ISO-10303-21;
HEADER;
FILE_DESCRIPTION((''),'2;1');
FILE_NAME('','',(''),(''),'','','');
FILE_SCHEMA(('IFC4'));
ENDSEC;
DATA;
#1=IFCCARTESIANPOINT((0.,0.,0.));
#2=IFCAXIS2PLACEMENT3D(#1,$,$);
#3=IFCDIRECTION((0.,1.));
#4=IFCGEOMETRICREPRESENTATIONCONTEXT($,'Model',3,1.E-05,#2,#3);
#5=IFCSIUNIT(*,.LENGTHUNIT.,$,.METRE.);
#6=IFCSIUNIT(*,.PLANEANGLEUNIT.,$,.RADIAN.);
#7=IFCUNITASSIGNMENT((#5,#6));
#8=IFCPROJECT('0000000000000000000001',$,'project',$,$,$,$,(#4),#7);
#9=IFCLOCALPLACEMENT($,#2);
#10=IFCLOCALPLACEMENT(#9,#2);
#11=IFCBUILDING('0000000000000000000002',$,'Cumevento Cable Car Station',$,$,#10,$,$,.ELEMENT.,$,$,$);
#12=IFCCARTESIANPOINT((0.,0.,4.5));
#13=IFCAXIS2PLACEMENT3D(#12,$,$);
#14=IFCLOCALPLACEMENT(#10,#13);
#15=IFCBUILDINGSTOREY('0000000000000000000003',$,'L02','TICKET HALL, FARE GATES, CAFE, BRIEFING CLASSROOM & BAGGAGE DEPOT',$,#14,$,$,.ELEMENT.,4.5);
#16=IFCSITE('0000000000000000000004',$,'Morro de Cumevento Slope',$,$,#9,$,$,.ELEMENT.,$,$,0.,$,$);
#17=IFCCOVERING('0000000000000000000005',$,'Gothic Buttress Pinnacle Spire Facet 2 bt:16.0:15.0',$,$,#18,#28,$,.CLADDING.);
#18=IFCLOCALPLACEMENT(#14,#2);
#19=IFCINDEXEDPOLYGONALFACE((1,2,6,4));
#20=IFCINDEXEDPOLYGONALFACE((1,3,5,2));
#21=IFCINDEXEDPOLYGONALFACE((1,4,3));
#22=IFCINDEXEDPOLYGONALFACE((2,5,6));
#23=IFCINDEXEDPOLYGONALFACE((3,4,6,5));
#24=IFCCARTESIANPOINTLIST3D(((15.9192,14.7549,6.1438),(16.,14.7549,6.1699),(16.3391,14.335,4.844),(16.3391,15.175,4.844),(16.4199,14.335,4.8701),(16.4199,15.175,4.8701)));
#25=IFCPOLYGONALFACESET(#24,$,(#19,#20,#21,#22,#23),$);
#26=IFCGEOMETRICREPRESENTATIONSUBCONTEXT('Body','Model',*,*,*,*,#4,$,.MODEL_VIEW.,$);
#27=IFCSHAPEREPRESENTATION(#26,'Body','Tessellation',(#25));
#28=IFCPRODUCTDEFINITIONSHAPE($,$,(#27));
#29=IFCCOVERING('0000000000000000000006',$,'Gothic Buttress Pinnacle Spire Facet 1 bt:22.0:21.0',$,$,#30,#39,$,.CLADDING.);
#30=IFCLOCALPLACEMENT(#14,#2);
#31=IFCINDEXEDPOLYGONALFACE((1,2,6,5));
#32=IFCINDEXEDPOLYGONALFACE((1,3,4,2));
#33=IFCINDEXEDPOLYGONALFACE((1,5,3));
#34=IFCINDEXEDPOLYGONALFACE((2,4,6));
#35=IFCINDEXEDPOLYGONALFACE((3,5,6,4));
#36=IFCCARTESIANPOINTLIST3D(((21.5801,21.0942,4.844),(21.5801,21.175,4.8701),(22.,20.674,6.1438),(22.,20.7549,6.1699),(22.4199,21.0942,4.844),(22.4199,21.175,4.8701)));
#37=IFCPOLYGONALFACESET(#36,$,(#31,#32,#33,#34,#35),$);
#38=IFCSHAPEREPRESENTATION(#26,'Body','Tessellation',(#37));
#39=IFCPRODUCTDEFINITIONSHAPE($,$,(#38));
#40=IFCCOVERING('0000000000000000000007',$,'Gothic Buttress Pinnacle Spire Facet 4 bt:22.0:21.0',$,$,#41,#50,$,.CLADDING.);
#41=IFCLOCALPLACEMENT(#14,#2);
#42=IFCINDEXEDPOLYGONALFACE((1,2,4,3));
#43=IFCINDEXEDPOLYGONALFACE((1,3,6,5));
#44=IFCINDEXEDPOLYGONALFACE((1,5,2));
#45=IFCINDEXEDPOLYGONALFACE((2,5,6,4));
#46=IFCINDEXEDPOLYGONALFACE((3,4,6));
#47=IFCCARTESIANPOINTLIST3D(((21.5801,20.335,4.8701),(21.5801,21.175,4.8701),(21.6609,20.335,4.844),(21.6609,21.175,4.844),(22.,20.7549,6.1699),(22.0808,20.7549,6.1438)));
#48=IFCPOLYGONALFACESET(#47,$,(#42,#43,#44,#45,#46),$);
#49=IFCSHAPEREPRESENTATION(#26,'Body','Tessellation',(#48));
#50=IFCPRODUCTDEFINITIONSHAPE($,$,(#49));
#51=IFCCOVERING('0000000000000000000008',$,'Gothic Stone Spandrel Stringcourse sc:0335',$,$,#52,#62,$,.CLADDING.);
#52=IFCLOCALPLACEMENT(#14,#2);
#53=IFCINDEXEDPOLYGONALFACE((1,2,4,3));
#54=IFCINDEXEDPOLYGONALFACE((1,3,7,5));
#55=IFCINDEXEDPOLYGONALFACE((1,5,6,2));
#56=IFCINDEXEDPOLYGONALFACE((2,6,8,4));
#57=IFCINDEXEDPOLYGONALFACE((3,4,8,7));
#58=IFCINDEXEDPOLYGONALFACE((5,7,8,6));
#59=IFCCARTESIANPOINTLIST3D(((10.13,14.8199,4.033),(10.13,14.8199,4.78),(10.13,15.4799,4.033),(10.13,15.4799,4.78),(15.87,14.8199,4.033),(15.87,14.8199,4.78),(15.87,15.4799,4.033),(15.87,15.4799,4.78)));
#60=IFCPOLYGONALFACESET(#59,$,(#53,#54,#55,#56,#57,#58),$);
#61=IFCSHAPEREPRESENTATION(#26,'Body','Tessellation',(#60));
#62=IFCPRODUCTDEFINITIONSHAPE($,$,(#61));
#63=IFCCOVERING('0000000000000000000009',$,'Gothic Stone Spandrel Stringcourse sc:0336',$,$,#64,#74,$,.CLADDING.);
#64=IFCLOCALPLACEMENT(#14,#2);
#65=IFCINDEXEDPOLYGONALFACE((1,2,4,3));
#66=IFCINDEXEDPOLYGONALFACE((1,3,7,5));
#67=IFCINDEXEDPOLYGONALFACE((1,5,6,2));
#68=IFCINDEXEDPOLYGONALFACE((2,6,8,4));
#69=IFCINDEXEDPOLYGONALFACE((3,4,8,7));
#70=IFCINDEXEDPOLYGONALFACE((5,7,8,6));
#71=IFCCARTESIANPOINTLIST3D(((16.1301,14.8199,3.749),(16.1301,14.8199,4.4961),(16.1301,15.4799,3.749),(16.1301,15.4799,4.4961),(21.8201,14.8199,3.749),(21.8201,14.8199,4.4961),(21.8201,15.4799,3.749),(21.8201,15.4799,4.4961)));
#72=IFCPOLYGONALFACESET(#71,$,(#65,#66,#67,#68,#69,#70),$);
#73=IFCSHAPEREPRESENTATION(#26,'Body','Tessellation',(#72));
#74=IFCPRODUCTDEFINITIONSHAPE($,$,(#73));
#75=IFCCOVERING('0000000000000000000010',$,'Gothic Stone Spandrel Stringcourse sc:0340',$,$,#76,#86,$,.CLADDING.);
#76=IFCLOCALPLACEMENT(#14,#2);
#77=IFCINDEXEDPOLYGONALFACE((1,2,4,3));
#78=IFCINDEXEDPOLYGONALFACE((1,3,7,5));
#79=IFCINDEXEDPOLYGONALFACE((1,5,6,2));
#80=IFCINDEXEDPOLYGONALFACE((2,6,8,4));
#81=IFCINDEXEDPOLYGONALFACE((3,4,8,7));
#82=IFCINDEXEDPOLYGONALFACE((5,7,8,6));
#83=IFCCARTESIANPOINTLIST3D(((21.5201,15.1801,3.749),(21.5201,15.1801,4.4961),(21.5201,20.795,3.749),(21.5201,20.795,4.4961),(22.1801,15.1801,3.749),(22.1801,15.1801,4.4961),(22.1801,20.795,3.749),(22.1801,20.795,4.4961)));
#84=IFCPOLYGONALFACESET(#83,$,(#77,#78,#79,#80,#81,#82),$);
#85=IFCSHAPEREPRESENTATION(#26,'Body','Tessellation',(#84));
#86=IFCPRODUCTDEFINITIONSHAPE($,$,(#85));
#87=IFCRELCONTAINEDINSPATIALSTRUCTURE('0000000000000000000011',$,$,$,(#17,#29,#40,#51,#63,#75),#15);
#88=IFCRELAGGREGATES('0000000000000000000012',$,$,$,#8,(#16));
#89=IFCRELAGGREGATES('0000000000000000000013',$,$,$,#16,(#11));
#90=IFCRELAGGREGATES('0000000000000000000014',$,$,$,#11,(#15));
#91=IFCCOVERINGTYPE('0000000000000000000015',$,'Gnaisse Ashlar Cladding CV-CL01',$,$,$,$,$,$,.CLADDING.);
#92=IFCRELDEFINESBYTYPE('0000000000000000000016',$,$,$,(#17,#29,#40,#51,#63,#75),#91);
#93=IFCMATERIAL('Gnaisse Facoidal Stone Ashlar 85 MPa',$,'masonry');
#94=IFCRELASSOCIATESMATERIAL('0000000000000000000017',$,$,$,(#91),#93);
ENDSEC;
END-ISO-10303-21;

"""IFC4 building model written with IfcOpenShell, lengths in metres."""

from ifc_helpers import new_model, si_unit, direction, frame, origin, origin_2d, place, context, subcontext, project, spatial, polyline, rectangle, outline, extrude, material, type_object, element, save


model = new_model("IFC4")

# Units and contexts
model_context = context("Model", 3, precision=1e-05, world=origin(), true_north=direction((0.0, 1.0)))
body_context = subcontext(model_context, "Body", "Model", "MODEL_VIEW")
ifc_project = project(units=[si_unit("LENGTHUNIT", "METRE"), si_unit("PLANEANGLEUNIT", "RADIAN")], contexts=[model_context])

# Site, building, storey
site_placement = place(None, origin())
site = spatial("IfcSite", under=ifc_project, at=site_placement, Name="Morro de Cumevento Slope", CompositionType="ELEMENT", RefElevation=0.0)
building_placement = place(site_placement, origin())
building = spatial("IfcBuilding", under=site, at=building_placement, Name="Cumevento Cable Car Station", CompositionType="ELEMENT")
storey_placement = place(building_placement, frame((0.0, 0.0, 4.5)))
storey = spatial("IfcBuildingStorey", under=building, at=storey_placement, Name="L02", Description="TICKET HALL, FARE GATES, CAFE, BRIEFING CLASSROOM & BAGGAGE DEPOT", CompositionType="ELEMENT", Elevation=4.5)

# Coverings
ifc_material_1 = material(Name="Gnaisse Facoidal Stone Ashlar 85 MPa", Category="masonry")
covering_type = type_object("IfcCoveringType", Name="Gnaisse Ashlar Cladding CV-CL01", PredefinedType="CLADDING", material=ifc_material_1)
covering_1_placement = place(storey_placement, frame((16.4199, 15.175, 4.8701), z_axis=(0.951574, 0.0, 0.307421), x_axis=(0.0, -1.0, 0.0)))
element("IfcCovering", 1, at=covering_1_placement, inside=storey, type_object=covering_type, Name="Gothic Buttress Pinnacle Spire Facet 2 bt:16.0:15.0", PredefinedType="CLADDING", context=body_context, shape_type="SweptSolid", body=[
    extrude(outline(polyline([(0.0, 0.0), (0.8401, 0.0), (0.4202, -1.366), (0.0, 0.0)])), origin(), (0.0, 0.0, -1.0), 0.085),
])
covering_2_placement = place(storey_placement, frame((21.5801, 21.175, 4.8701), z_axis=(0.0, 0.951521, 0.307582), x_axis=(1.0, 0.0, 0.0)))
element("IfcCovering", 2, at=covering_2_placement, inside=storey, type_object=covering_type, Name="Gothic Buttress Pinnacle Spire Facet 1 bt:22.0:21.0", PredefinedType="CLADDING", context=body_context, shape_type="SweptSolid", body=[
    extrude(outline(polyline([(0.0, 0.0), (0.8398, 0.0), (0.4199, -1.366), (0.0, 0.0)])), origin(), (0.0, 0.0, -1.0), 0.085),
])
covering_3_placement = place(storey_placement, frame((21.5801, 20.335, 4.8701), z_axis=(-0.951574, 0.0, 0.307421), x_axis=(0.0, 1.0, 0.0)))
element("IfcCovering", 3, at=covering_3_placement, inside=storey, type_object=covering_type, Name="Gothic Buttress Pinnacle Spire Facet 4 bt:22.0:21.0", PredefinedType="CLADDING", context=body_context, shape_type="SweptSolid", body=[
    extrude(outline(polyline([(0.0, 0.0), (0.8401, 0.0), (0.4199, -1.366), (0.0, 0.0)])), origin(), (0.0, 0.0, -1.0), 0.085),
])
covering_4_placement = place(storey_placement, frame((13.0, 15.1499, 4.033), z_axis=(0.0, 0.0, 1.0), x_axis=(-1.0, 0.0, 0.0)))
element("IfcCovering", 4, at=covering_4_placement, inside=storey, type_object=covering_type, Name="Gothic Stone Spandrel Stringcourse sc:0335", PredefinedType="CLADDING", context=body_context, shape_type="SweptSolid", body=[
    extrude(rectangle(XDim=5.74, YDim=0.6599, at=origin_2d()), origin(), (0.0, 0.0, 1.0), 0.7471),
])
covering_5_placement = place(storey_placement, frame((18.9751, 15.1499, 3.749), z_axis=(0.0, 0.0, 1.0), x_axis=(-1.0, 0.0, 0.0)))
element("IfcCovering", 5, at=covering_5_placement, inside=storey, type_object=covering_type, Name="Gothic Stone Spandrel Stringcourse sc:0336", PredefinedType="CLADDING", context=body_context, shape_type="SweptSolid", body=[
    extrude(rectangle(XDim=5.6899, YDim=0.6599, at=origin_2d()), origin(), (0.0, 0.0, 1.0), 0.7471),
])
covering_6_placement = place(storey_placement, frame((21.8501, 17.9875, 3.749), z_axis=(0.0, 0.0, 1.0), x_axis=(0.0, -1.0, 0.0)))
element("IfcCovering", 6, at=covering_6_placement, inside=storey, type_object=covering_type, Name="Gothic Stone Spandrel Stringcourse sc:0340", PredefinedType="CLADDING", context=body_context, shape_type="SweptSolid", body=[
    extrude(rectangle(XDim=5.615, YDim=0.6599, at=origin_2d()), origin(), (0.0, 0.0, 1.0), 0.7471),
])

save(model, "model.ifc")
